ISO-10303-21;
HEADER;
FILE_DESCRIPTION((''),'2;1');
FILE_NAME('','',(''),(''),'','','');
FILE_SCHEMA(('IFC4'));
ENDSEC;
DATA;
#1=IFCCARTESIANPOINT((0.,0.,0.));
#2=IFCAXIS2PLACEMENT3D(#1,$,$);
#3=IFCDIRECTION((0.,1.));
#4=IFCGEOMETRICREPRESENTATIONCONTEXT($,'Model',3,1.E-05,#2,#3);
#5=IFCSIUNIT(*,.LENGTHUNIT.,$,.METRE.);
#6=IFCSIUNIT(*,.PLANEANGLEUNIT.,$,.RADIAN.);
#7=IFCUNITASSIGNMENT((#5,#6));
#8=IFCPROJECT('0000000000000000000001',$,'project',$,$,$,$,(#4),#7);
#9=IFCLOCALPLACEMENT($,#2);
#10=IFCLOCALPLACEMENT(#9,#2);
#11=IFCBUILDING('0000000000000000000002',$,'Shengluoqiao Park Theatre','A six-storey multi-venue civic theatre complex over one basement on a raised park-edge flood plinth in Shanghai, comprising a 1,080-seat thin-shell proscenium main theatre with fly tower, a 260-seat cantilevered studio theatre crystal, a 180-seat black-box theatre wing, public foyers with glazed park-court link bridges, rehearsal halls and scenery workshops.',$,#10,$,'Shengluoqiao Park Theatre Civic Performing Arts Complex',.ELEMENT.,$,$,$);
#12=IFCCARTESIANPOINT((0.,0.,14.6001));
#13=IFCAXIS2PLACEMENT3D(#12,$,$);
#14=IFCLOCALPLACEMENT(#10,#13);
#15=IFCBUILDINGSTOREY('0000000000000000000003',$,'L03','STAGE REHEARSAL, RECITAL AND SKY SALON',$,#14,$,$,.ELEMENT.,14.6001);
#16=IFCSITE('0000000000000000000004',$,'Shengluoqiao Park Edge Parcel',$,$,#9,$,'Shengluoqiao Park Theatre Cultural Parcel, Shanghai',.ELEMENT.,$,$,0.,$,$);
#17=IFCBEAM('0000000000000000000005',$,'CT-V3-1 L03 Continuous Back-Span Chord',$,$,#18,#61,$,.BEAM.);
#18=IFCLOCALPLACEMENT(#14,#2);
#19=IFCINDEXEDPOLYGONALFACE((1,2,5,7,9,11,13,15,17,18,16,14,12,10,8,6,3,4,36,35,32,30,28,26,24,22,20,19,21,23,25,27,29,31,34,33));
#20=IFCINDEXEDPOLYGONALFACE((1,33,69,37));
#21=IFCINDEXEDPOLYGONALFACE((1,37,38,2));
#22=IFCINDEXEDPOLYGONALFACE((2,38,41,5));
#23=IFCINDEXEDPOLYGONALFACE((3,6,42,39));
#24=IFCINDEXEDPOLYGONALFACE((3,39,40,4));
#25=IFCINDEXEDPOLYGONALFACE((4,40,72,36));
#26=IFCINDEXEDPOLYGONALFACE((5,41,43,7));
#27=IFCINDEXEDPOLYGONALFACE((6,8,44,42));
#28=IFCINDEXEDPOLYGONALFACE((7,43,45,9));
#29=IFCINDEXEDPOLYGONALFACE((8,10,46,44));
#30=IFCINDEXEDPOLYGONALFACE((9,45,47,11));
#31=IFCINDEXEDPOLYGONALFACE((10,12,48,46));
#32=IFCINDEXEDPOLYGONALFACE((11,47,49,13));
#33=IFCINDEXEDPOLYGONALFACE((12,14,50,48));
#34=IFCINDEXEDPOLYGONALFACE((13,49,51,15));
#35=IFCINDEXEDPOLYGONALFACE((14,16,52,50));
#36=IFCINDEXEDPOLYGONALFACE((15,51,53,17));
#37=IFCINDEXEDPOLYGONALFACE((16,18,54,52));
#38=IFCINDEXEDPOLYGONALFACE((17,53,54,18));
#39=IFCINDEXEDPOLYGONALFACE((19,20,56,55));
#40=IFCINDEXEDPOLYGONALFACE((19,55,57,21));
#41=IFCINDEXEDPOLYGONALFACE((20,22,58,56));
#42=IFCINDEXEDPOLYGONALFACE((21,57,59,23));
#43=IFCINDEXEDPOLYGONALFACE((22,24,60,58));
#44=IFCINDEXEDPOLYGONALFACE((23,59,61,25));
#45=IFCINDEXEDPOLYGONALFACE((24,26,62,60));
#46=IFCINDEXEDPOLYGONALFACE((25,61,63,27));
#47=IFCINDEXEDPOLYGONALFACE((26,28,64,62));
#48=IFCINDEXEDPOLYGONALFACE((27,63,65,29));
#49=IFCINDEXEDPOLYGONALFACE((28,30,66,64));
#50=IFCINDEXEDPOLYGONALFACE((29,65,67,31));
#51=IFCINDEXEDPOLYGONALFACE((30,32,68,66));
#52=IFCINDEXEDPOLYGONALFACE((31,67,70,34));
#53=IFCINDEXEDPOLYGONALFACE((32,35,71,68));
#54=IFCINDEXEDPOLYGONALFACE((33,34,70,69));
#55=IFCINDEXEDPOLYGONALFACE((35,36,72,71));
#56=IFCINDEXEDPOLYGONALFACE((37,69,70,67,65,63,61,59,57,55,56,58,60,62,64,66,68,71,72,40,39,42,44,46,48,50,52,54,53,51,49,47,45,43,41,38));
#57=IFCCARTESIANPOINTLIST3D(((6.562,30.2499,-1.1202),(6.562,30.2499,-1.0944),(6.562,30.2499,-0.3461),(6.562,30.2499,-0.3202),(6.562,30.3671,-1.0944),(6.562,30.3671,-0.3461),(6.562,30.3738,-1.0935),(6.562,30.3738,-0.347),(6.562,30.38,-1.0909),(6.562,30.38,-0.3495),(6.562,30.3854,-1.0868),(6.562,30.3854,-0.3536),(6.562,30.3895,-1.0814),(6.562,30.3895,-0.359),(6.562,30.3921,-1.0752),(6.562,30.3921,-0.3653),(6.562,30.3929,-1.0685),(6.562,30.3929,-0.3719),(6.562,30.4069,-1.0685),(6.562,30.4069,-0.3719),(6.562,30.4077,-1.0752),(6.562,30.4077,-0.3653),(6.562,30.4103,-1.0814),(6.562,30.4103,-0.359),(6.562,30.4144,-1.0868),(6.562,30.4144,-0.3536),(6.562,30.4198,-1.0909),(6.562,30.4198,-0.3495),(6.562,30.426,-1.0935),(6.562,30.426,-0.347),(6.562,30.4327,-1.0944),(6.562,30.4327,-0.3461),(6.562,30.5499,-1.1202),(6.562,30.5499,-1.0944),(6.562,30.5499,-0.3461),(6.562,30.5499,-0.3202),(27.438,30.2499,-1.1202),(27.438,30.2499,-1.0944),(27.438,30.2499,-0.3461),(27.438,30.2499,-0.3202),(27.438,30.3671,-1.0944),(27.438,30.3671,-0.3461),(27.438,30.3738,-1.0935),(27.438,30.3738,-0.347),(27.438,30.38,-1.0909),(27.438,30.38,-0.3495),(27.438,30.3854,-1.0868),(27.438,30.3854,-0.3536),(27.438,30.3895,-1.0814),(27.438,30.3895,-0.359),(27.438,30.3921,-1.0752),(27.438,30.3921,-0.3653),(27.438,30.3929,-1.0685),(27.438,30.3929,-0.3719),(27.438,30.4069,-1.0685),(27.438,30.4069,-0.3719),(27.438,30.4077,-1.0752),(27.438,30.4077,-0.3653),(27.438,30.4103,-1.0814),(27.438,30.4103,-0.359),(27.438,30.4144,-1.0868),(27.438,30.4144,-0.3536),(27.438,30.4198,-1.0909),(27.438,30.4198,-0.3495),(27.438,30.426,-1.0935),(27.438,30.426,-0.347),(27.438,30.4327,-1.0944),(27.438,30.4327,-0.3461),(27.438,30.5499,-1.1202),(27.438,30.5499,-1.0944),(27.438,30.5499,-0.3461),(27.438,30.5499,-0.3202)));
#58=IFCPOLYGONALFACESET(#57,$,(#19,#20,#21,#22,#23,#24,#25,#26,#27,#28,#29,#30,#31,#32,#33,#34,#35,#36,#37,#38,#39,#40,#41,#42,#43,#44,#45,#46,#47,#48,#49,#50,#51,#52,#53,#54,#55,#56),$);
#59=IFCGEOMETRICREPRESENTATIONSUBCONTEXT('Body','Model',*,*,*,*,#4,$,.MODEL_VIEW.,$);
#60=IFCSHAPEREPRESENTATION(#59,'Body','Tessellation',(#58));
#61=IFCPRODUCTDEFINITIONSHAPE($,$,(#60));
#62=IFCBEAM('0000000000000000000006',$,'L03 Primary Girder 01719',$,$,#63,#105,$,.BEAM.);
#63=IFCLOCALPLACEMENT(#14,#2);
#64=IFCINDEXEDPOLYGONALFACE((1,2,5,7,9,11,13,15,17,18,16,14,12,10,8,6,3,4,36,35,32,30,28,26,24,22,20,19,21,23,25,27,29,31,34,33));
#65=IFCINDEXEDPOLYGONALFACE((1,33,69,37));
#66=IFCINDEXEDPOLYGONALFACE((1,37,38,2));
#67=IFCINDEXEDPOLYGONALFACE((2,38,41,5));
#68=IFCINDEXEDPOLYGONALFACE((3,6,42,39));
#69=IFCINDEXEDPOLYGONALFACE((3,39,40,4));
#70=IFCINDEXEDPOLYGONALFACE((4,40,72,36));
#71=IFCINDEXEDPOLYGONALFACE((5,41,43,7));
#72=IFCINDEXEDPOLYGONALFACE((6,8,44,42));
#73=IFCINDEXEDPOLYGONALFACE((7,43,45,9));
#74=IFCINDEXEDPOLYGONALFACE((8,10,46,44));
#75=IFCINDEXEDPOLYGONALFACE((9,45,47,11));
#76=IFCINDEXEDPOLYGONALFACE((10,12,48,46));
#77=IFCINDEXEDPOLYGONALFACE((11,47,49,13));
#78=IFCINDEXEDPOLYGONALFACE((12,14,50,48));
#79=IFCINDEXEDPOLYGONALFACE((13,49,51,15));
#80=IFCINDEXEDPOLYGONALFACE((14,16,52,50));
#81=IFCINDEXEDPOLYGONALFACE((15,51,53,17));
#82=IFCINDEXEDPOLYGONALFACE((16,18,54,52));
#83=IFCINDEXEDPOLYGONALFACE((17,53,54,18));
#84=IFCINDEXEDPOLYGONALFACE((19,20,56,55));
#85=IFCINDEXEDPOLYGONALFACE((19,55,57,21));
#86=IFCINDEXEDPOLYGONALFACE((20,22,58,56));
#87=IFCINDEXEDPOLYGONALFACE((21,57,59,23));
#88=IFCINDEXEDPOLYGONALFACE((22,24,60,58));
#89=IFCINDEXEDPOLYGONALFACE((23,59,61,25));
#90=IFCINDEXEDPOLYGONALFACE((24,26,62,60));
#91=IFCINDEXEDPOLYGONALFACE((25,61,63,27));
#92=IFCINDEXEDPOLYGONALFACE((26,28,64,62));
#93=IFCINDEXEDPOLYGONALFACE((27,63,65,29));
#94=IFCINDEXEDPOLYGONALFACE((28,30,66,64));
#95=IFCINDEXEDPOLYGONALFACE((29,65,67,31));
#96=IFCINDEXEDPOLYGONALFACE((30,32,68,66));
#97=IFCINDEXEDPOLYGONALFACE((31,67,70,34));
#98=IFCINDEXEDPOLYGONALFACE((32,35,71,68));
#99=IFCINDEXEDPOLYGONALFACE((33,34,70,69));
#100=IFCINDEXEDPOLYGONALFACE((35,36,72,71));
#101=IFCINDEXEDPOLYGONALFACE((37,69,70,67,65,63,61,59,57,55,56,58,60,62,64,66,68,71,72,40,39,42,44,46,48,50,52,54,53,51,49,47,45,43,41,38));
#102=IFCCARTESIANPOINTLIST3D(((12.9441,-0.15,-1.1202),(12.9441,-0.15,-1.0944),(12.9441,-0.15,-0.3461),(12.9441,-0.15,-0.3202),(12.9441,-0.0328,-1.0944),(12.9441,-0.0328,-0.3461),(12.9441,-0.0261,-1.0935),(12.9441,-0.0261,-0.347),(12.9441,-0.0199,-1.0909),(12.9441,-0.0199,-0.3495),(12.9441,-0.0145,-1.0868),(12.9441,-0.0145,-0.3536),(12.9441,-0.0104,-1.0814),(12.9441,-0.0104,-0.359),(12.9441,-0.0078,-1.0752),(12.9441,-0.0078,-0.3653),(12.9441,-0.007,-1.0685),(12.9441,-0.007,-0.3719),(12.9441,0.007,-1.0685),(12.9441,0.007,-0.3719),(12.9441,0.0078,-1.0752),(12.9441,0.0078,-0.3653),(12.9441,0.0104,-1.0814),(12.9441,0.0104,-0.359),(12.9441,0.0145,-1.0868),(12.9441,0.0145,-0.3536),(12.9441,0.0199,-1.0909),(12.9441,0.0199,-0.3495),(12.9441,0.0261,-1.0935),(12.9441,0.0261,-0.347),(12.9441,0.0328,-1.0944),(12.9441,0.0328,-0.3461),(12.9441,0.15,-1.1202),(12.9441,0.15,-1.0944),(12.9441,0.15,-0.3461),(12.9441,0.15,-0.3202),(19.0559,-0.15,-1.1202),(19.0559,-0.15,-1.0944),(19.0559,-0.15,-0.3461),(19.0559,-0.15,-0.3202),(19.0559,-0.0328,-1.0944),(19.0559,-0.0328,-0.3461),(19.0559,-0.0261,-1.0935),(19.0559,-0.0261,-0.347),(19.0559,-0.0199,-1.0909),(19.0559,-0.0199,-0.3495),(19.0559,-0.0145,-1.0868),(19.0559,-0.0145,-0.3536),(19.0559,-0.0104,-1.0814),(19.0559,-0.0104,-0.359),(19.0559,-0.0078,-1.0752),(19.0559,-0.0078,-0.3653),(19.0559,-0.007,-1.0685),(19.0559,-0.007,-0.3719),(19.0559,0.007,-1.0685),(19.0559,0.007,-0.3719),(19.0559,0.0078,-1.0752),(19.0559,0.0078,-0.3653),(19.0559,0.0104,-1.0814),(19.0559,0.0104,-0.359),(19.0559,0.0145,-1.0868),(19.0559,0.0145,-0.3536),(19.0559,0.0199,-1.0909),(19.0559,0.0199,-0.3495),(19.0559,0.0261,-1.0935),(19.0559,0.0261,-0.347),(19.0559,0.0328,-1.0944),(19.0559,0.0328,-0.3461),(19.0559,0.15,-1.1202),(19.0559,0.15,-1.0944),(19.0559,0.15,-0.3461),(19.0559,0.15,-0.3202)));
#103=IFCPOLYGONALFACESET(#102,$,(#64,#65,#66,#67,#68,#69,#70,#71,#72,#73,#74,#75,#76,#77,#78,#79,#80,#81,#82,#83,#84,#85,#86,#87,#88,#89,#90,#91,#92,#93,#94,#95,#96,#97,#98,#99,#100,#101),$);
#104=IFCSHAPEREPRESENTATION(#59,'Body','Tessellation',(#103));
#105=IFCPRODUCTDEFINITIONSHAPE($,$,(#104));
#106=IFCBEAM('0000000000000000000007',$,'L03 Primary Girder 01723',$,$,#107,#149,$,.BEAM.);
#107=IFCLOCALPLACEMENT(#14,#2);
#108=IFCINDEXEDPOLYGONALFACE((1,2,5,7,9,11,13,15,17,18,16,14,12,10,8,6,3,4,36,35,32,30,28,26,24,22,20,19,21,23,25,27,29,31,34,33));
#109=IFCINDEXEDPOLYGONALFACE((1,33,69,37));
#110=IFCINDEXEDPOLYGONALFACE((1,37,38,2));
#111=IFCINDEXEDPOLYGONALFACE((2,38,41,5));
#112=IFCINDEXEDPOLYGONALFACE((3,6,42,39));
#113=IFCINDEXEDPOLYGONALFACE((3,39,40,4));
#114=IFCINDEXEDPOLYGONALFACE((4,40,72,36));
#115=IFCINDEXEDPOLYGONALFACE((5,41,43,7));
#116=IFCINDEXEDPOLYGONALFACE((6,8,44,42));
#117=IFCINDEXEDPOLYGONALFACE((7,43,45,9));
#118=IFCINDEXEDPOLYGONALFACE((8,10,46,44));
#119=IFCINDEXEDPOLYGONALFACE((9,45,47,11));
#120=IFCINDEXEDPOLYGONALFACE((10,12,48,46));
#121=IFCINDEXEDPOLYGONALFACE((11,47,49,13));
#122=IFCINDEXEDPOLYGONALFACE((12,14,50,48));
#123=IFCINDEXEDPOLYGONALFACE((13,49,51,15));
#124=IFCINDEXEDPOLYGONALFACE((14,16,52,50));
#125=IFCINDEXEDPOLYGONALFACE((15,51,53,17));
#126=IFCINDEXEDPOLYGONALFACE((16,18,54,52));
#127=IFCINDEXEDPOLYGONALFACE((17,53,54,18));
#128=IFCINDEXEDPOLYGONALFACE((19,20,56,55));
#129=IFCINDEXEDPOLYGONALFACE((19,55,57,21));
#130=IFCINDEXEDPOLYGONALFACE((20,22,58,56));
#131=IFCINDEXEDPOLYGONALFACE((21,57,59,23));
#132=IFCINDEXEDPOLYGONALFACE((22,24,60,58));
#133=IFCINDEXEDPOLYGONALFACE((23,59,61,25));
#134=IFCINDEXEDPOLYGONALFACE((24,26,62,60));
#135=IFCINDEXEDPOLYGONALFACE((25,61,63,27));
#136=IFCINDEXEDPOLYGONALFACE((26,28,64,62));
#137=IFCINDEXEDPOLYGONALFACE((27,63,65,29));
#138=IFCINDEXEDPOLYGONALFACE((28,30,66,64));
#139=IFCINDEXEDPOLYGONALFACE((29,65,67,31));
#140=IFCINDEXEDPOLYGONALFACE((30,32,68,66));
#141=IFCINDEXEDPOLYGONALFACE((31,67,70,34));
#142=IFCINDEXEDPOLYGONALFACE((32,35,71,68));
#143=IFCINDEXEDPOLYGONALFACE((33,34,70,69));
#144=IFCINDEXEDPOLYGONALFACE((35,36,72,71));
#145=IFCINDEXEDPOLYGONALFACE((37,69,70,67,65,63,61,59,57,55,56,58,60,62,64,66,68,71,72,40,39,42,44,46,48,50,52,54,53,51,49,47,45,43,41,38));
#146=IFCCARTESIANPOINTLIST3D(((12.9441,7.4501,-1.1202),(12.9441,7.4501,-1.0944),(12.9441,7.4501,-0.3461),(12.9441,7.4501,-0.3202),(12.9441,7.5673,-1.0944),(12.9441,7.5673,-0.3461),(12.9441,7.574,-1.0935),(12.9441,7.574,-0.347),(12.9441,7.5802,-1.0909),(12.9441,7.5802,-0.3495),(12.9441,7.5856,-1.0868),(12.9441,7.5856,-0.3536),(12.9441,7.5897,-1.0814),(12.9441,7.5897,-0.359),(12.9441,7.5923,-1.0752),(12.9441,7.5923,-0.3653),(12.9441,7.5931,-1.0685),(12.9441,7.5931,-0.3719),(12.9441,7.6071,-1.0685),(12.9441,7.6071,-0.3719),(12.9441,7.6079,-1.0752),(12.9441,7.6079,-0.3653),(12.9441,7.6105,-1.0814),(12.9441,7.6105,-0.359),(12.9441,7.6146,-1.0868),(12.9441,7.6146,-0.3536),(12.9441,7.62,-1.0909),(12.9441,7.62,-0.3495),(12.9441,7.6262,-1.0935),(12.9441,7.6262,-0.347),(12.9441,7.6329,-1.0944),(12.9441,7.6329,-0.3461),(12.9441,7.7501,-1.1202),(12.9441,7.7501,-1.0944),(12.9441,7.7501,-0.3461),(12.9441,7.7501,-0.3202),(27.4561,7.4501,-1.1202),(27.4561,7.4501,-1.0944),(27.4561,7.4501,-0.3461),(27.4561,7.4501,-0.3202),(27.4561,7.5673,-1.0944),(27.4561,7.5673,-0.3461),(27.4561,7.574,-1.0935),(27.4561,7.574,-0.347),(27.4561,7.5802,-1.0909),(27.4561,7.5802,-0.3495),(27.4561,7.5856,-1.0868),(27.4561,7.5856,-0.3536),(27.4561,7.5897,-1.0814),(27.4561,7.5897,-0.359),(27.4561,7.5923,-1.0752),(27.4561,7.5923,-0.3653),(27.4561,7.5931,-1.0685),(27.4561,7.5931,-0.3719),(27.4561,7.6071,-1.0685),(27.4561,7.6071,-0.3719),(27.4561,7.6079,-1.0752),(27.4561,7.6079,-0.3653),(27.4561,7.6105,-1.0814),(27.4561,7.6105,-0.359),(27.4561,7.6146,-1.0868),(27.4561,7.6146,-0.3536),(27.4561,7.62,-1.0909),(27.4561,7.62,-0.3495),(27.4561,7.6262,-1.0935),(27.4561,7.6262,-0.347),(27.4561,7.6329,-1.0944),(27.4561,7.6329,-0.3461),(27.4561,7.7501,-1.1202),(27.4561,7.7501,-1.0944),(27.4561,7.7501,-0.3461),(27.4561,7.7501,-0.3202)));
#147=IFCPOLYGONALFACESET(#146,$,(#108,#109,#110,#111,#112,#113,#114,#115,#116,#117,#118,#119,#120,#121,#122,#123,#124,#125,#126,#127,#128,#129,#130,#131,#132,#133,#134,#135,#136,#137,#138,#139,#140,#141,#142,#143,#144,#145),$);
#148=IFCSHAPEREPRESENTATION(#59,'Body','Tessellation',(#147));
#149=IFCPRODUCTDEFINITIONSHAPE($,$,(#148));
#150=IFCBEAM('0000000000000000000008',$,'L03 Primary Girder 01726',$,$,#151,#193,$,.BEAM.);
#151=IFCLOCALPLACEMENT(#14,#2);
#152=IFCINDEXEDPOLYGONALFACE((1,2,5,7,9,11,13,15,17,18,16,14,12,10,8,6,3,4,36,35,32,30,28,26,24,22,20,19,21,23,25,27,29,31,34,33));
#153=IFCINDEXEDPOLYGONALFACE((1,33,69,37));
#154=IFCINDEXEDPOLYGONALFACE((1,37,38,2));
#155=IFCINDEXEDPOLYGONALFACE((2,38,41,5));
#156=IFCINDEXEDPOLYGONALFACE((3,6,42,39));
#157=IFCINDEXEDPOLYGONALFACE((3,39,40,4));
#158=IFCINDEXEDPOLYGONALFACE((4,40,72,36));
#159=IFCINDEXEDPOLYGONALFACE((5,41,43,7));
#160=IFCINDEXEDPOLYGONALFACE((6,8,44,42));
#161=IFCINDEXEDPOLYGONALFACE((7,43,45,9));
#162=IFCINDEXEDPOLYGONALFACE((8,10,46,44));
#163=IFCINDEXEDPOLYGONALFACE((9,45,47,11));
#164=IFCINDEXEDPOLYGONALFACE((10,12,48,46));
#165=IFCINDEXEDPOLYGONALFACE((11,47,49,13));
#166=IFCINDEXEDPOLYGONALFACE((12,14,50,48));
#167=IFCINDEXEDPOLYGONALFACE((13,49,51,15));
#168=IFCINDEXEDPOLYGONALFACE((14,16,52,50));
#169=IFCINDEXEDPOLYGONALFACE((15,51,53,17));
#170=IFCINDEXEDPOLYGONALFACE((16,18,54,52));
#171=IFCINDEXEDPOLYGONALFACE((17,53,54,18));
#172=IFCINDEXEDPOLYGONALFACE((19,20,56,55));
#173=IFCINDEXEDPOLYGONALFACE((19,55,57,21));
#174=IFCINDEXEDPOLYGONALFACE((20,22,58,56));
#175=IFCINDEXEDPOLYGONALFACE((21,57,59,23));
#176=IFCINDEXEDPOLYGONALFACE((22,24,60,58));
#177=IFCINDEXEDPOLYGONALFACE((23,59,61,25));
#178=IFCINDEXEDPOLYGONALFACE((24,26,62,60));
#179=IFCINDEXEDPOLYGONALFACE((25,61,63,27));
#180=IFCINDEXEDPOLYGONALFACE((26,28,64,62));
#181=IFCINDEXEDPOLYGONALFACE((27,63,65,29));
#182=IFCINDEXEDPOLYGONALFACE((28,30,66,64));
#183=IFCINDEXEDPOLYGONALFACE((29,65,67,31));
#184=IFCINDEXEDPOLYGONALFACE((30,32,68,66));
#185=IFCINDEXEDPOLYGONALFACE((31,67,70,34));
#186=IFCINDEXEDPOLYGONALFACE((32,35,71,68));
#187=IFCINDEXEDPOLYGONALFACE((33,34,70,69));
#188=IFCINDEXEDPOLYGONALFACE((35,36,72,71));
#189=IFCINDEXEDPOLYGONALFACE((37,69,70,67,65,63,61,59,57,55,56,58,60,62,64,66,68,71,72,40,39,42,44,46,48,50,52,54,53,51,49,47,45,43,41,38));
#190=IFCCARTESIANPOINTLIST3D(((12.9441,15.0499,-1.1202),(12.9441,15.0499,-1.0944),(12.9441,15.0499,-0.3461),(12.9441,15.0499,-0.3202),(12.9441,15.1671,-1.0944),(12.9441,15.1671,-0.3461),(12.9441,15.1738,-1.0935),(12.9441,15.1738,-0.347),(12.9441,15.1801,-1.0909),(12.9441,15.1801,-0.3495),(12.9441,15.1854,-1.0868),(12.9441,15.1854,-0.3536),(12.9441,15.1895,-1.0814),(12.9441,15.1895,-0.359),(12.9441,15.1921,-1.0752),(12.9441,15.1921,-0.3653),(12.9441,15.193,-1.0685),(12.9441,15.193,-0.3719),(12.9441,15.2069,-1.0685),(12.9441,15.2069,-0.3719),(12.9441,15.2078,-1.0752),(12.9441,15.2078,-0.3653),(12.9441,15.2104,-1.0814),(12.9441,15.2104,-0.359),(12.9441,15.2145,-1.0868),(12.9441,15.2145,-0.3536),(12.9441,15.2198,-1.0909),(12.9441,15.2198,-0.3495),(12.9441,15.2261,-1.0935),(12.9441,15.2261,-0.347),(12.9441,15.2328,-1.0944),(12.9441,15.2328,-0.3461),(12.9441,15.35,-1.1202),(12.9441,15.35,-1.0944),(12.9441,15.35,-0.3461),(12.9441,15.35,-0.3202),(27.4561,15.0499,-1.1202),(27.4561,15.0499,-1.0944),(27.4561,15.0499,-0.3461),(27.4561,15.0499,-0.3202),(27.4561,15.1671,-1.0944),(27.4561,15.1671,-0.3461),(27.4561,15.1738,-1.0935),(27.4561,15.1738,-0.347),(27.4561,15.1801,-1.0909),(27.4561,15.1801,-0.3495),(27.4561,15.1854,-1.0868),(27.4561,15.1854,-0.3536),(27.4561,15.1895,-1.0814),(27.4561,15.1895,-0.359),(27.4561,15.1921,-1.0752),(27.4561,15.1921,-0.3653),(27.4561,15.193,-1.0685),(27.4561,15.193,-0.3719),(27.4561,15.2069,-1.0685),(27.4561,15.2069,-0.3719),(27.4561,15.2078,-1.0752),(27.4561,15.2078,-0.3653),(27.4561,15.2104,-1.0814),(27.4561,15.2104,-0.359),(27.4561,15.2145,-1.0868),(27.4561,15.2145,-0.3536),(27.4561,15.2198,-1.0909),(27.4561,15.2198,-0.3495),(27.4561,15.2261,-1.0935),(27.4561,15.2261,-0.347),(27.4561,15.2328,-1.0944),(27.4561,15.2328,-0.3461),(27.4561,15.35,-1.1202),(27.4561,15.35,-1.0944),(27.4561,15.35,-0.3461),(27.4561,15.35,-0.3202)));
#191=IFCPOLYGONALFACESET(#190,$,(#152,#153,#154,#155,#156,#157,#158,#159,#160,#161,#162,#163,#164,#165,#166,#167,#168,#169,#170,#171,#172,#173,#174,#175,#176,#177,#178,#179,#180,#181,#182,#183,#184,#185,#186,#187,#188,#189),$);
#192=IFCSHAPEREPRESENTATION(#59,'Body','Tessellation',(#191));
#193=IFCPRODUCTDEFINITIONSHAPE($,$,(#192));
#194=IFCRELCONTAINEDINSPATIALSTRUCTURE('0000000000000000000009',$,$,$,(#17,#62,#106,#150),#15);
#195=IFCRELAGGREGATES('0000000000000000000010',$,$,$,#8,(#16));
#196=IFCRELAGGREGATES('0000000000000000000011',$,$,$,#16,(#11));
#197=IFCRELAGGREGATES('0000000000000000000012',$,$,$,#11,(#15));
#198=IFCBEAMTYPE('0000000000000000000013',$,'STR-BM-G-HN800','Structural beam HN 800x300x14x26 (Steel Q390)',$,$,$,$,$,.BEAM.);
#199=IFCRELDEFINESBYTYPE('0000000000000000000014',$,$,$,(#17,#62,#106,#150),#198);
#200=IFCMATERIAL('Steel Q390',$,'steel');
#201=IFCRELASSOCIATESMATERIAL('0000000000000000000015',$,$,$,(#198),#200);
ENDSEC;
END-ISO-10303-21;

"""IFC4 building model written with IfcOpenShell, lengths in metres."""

from ifc_helpers import new_model, si_unit, direction, frame, origin, origin_2d, place, context, subcontext, project, spatial, i_section, extrude, material, material_profile, profile_set, type_object, element, save


model = new_model("IFC4")

# Units and contexts
model_context = context("Model", 3, precision=1e-05, world=origin(), true_north=direction((0.0, 1.0)))
body_context = subcontext(model_context, "Body", "Model", "MODEL_VIEW")
ifc_project = project(units=[si_unit("LENGTHUNIT", "METRE"), si_unit("PLANEANGLEUNIT", "RADIAN")], contexts=[model_context])

# Site, building, storey
site_placement = place(None, origin())
site = spatial("IfcSite", under=ifc_project, at=site_placement, Name="Shengluoqiao Park Edge Parcel", LongName="Shengluoqiao Park Theatre Cultural Parcel, Shanghai", CompositionType="ELEMENT", RefElevation=0.0)
building_placement = place(site_placement, origin())
building = spatial("IfcBuilding", under=site, at=building_placement, Name="Shengluoqiao Park Theatre", Description="A six-storey multi-venue civic theatre complex over one basement on a raised park-edge flood plinth in Shanghai, comprising a 1,080-seat thin-shell proscenium main theatre with fly tower, a 260-seat cantilevered studio theatre crystal, a 180-seat black-box theatre wing, public foyers with glazed park-court link bridges, rehearsal halls and scenery workshops.", LongName="Shengluoqiao Park Theatre Civic Performing Arts Complex", CompositionType="ELEMENT")
storey_placement = place(building_placement, frame((0.0, 0.0, 14.6001)))
storey = spatial("IfcBuildingStorey", under=building, at=storey_placement, Name="L03", Description="STAGE REHEARSAL, RECITAL AND SKY SALON", CompositionType="ELEMENT", Elevation=14.6001)

# Beams
ifc_material_1 = material(Name="Steel Q390", Category="steel")
ifc_material_profile_1 = material_profile(ifc_material_1, i_section(OverallWidth=0.3, OverallDepth=0.8, WebThickness=0.0139, FlangeThickness=0.0259, FilletRadius=0.0259, at=origin_2d()), Name="HN 800x300x14x26")
ifc_profile_set_1 = profile_set([ifc_material_profile_1], Name="Steel Q390")
beam_type_1 = type_object("IfcBeamType", Name="STR-BM-G-HN800", Description="Structural beam HN 800x300x14x26 (Steel Q390)", PredefinedType="BEAM", material=ifc_profile_set_1)
beam_1_placement = place(storey_placement, frame((6.562, 30.3999, -0.7202), z_axis=(1.0, 0.0, 0.0), x_axis=(0.0, 1.0, 0.0)))
element("IfcBeam", 1, at=beam_1_placement, inside=storey, type_object=beam_type_1, Name="CT-V3-1 L03 Continuous Back-Span Chord", PredefinedType="BEAM", context=body_context, shape_type="SweptSolid", body=[
    extrude(i_section(OverallWidth=0.3, OverallDepth=0.8, WebThickness=0.0139, FlangeThickness=0.0259, FilletRadius=0.0259, at=origin_2d()), origin(), (0.0, 0.0, 1.0), 20.876),
])
beam_2_placement = place(storey_placement, frame((12.9441, 0.0, -0.7202), z_axis=(1.0, 0.0, 0.0), x_axis=(0.0, 1.0, 0.0)))
element("IfcBeam", 2, at=beam_2_placement, inside=storey, type_object=beam_type_1, Name="L03 Primary Girder 01719", PredefinedType="BEAM", context=body_context, shape_type="SweptSolid", body=[
    extrude(i_section(OverallWidth=0.3, OverallDepth=0.8, WebThickness=0.0139, FlangeThickness=0.0259, FilletRadius=0.0259, at=origin_2d()), origin(), (0.0, 0.0, 1.0), 6.1118),
])
for number, where, z_axis, x_axis, name in (
    (3, (12.9441, 7.6001, -0.7202), (1.0, 0.0, 0.0), (0.0, 1.0, 0.0), "L03 Primary Girder 01723"),
    (4, (12.9441, 15.2, -0.7202), (1.0, 0.0, 0.0), (0.0, 1.0, 0.0), "L03 Primary Girder 01726"),
):
    element("IfcBeam", number, at=place(storey_placement, frame(where, z_axis=z_axis, x_axis=x_axis)), inside=storey, type_object=beam_type_1, Name=name, PredefinedType="BEAM", context=body_context, shape_type="SweptSolid", body=[
        extrude(i_section(OverallWidth=0.3, OverallDepth=0.8, WebThickness=0.0139, FlangeThickness=0.0259, FilletRadius=0.0259, at=origin_2d()), origin(), (0.0, 0.0, 1.0), 14.512),
    ])

save(model, "model.ifc")
